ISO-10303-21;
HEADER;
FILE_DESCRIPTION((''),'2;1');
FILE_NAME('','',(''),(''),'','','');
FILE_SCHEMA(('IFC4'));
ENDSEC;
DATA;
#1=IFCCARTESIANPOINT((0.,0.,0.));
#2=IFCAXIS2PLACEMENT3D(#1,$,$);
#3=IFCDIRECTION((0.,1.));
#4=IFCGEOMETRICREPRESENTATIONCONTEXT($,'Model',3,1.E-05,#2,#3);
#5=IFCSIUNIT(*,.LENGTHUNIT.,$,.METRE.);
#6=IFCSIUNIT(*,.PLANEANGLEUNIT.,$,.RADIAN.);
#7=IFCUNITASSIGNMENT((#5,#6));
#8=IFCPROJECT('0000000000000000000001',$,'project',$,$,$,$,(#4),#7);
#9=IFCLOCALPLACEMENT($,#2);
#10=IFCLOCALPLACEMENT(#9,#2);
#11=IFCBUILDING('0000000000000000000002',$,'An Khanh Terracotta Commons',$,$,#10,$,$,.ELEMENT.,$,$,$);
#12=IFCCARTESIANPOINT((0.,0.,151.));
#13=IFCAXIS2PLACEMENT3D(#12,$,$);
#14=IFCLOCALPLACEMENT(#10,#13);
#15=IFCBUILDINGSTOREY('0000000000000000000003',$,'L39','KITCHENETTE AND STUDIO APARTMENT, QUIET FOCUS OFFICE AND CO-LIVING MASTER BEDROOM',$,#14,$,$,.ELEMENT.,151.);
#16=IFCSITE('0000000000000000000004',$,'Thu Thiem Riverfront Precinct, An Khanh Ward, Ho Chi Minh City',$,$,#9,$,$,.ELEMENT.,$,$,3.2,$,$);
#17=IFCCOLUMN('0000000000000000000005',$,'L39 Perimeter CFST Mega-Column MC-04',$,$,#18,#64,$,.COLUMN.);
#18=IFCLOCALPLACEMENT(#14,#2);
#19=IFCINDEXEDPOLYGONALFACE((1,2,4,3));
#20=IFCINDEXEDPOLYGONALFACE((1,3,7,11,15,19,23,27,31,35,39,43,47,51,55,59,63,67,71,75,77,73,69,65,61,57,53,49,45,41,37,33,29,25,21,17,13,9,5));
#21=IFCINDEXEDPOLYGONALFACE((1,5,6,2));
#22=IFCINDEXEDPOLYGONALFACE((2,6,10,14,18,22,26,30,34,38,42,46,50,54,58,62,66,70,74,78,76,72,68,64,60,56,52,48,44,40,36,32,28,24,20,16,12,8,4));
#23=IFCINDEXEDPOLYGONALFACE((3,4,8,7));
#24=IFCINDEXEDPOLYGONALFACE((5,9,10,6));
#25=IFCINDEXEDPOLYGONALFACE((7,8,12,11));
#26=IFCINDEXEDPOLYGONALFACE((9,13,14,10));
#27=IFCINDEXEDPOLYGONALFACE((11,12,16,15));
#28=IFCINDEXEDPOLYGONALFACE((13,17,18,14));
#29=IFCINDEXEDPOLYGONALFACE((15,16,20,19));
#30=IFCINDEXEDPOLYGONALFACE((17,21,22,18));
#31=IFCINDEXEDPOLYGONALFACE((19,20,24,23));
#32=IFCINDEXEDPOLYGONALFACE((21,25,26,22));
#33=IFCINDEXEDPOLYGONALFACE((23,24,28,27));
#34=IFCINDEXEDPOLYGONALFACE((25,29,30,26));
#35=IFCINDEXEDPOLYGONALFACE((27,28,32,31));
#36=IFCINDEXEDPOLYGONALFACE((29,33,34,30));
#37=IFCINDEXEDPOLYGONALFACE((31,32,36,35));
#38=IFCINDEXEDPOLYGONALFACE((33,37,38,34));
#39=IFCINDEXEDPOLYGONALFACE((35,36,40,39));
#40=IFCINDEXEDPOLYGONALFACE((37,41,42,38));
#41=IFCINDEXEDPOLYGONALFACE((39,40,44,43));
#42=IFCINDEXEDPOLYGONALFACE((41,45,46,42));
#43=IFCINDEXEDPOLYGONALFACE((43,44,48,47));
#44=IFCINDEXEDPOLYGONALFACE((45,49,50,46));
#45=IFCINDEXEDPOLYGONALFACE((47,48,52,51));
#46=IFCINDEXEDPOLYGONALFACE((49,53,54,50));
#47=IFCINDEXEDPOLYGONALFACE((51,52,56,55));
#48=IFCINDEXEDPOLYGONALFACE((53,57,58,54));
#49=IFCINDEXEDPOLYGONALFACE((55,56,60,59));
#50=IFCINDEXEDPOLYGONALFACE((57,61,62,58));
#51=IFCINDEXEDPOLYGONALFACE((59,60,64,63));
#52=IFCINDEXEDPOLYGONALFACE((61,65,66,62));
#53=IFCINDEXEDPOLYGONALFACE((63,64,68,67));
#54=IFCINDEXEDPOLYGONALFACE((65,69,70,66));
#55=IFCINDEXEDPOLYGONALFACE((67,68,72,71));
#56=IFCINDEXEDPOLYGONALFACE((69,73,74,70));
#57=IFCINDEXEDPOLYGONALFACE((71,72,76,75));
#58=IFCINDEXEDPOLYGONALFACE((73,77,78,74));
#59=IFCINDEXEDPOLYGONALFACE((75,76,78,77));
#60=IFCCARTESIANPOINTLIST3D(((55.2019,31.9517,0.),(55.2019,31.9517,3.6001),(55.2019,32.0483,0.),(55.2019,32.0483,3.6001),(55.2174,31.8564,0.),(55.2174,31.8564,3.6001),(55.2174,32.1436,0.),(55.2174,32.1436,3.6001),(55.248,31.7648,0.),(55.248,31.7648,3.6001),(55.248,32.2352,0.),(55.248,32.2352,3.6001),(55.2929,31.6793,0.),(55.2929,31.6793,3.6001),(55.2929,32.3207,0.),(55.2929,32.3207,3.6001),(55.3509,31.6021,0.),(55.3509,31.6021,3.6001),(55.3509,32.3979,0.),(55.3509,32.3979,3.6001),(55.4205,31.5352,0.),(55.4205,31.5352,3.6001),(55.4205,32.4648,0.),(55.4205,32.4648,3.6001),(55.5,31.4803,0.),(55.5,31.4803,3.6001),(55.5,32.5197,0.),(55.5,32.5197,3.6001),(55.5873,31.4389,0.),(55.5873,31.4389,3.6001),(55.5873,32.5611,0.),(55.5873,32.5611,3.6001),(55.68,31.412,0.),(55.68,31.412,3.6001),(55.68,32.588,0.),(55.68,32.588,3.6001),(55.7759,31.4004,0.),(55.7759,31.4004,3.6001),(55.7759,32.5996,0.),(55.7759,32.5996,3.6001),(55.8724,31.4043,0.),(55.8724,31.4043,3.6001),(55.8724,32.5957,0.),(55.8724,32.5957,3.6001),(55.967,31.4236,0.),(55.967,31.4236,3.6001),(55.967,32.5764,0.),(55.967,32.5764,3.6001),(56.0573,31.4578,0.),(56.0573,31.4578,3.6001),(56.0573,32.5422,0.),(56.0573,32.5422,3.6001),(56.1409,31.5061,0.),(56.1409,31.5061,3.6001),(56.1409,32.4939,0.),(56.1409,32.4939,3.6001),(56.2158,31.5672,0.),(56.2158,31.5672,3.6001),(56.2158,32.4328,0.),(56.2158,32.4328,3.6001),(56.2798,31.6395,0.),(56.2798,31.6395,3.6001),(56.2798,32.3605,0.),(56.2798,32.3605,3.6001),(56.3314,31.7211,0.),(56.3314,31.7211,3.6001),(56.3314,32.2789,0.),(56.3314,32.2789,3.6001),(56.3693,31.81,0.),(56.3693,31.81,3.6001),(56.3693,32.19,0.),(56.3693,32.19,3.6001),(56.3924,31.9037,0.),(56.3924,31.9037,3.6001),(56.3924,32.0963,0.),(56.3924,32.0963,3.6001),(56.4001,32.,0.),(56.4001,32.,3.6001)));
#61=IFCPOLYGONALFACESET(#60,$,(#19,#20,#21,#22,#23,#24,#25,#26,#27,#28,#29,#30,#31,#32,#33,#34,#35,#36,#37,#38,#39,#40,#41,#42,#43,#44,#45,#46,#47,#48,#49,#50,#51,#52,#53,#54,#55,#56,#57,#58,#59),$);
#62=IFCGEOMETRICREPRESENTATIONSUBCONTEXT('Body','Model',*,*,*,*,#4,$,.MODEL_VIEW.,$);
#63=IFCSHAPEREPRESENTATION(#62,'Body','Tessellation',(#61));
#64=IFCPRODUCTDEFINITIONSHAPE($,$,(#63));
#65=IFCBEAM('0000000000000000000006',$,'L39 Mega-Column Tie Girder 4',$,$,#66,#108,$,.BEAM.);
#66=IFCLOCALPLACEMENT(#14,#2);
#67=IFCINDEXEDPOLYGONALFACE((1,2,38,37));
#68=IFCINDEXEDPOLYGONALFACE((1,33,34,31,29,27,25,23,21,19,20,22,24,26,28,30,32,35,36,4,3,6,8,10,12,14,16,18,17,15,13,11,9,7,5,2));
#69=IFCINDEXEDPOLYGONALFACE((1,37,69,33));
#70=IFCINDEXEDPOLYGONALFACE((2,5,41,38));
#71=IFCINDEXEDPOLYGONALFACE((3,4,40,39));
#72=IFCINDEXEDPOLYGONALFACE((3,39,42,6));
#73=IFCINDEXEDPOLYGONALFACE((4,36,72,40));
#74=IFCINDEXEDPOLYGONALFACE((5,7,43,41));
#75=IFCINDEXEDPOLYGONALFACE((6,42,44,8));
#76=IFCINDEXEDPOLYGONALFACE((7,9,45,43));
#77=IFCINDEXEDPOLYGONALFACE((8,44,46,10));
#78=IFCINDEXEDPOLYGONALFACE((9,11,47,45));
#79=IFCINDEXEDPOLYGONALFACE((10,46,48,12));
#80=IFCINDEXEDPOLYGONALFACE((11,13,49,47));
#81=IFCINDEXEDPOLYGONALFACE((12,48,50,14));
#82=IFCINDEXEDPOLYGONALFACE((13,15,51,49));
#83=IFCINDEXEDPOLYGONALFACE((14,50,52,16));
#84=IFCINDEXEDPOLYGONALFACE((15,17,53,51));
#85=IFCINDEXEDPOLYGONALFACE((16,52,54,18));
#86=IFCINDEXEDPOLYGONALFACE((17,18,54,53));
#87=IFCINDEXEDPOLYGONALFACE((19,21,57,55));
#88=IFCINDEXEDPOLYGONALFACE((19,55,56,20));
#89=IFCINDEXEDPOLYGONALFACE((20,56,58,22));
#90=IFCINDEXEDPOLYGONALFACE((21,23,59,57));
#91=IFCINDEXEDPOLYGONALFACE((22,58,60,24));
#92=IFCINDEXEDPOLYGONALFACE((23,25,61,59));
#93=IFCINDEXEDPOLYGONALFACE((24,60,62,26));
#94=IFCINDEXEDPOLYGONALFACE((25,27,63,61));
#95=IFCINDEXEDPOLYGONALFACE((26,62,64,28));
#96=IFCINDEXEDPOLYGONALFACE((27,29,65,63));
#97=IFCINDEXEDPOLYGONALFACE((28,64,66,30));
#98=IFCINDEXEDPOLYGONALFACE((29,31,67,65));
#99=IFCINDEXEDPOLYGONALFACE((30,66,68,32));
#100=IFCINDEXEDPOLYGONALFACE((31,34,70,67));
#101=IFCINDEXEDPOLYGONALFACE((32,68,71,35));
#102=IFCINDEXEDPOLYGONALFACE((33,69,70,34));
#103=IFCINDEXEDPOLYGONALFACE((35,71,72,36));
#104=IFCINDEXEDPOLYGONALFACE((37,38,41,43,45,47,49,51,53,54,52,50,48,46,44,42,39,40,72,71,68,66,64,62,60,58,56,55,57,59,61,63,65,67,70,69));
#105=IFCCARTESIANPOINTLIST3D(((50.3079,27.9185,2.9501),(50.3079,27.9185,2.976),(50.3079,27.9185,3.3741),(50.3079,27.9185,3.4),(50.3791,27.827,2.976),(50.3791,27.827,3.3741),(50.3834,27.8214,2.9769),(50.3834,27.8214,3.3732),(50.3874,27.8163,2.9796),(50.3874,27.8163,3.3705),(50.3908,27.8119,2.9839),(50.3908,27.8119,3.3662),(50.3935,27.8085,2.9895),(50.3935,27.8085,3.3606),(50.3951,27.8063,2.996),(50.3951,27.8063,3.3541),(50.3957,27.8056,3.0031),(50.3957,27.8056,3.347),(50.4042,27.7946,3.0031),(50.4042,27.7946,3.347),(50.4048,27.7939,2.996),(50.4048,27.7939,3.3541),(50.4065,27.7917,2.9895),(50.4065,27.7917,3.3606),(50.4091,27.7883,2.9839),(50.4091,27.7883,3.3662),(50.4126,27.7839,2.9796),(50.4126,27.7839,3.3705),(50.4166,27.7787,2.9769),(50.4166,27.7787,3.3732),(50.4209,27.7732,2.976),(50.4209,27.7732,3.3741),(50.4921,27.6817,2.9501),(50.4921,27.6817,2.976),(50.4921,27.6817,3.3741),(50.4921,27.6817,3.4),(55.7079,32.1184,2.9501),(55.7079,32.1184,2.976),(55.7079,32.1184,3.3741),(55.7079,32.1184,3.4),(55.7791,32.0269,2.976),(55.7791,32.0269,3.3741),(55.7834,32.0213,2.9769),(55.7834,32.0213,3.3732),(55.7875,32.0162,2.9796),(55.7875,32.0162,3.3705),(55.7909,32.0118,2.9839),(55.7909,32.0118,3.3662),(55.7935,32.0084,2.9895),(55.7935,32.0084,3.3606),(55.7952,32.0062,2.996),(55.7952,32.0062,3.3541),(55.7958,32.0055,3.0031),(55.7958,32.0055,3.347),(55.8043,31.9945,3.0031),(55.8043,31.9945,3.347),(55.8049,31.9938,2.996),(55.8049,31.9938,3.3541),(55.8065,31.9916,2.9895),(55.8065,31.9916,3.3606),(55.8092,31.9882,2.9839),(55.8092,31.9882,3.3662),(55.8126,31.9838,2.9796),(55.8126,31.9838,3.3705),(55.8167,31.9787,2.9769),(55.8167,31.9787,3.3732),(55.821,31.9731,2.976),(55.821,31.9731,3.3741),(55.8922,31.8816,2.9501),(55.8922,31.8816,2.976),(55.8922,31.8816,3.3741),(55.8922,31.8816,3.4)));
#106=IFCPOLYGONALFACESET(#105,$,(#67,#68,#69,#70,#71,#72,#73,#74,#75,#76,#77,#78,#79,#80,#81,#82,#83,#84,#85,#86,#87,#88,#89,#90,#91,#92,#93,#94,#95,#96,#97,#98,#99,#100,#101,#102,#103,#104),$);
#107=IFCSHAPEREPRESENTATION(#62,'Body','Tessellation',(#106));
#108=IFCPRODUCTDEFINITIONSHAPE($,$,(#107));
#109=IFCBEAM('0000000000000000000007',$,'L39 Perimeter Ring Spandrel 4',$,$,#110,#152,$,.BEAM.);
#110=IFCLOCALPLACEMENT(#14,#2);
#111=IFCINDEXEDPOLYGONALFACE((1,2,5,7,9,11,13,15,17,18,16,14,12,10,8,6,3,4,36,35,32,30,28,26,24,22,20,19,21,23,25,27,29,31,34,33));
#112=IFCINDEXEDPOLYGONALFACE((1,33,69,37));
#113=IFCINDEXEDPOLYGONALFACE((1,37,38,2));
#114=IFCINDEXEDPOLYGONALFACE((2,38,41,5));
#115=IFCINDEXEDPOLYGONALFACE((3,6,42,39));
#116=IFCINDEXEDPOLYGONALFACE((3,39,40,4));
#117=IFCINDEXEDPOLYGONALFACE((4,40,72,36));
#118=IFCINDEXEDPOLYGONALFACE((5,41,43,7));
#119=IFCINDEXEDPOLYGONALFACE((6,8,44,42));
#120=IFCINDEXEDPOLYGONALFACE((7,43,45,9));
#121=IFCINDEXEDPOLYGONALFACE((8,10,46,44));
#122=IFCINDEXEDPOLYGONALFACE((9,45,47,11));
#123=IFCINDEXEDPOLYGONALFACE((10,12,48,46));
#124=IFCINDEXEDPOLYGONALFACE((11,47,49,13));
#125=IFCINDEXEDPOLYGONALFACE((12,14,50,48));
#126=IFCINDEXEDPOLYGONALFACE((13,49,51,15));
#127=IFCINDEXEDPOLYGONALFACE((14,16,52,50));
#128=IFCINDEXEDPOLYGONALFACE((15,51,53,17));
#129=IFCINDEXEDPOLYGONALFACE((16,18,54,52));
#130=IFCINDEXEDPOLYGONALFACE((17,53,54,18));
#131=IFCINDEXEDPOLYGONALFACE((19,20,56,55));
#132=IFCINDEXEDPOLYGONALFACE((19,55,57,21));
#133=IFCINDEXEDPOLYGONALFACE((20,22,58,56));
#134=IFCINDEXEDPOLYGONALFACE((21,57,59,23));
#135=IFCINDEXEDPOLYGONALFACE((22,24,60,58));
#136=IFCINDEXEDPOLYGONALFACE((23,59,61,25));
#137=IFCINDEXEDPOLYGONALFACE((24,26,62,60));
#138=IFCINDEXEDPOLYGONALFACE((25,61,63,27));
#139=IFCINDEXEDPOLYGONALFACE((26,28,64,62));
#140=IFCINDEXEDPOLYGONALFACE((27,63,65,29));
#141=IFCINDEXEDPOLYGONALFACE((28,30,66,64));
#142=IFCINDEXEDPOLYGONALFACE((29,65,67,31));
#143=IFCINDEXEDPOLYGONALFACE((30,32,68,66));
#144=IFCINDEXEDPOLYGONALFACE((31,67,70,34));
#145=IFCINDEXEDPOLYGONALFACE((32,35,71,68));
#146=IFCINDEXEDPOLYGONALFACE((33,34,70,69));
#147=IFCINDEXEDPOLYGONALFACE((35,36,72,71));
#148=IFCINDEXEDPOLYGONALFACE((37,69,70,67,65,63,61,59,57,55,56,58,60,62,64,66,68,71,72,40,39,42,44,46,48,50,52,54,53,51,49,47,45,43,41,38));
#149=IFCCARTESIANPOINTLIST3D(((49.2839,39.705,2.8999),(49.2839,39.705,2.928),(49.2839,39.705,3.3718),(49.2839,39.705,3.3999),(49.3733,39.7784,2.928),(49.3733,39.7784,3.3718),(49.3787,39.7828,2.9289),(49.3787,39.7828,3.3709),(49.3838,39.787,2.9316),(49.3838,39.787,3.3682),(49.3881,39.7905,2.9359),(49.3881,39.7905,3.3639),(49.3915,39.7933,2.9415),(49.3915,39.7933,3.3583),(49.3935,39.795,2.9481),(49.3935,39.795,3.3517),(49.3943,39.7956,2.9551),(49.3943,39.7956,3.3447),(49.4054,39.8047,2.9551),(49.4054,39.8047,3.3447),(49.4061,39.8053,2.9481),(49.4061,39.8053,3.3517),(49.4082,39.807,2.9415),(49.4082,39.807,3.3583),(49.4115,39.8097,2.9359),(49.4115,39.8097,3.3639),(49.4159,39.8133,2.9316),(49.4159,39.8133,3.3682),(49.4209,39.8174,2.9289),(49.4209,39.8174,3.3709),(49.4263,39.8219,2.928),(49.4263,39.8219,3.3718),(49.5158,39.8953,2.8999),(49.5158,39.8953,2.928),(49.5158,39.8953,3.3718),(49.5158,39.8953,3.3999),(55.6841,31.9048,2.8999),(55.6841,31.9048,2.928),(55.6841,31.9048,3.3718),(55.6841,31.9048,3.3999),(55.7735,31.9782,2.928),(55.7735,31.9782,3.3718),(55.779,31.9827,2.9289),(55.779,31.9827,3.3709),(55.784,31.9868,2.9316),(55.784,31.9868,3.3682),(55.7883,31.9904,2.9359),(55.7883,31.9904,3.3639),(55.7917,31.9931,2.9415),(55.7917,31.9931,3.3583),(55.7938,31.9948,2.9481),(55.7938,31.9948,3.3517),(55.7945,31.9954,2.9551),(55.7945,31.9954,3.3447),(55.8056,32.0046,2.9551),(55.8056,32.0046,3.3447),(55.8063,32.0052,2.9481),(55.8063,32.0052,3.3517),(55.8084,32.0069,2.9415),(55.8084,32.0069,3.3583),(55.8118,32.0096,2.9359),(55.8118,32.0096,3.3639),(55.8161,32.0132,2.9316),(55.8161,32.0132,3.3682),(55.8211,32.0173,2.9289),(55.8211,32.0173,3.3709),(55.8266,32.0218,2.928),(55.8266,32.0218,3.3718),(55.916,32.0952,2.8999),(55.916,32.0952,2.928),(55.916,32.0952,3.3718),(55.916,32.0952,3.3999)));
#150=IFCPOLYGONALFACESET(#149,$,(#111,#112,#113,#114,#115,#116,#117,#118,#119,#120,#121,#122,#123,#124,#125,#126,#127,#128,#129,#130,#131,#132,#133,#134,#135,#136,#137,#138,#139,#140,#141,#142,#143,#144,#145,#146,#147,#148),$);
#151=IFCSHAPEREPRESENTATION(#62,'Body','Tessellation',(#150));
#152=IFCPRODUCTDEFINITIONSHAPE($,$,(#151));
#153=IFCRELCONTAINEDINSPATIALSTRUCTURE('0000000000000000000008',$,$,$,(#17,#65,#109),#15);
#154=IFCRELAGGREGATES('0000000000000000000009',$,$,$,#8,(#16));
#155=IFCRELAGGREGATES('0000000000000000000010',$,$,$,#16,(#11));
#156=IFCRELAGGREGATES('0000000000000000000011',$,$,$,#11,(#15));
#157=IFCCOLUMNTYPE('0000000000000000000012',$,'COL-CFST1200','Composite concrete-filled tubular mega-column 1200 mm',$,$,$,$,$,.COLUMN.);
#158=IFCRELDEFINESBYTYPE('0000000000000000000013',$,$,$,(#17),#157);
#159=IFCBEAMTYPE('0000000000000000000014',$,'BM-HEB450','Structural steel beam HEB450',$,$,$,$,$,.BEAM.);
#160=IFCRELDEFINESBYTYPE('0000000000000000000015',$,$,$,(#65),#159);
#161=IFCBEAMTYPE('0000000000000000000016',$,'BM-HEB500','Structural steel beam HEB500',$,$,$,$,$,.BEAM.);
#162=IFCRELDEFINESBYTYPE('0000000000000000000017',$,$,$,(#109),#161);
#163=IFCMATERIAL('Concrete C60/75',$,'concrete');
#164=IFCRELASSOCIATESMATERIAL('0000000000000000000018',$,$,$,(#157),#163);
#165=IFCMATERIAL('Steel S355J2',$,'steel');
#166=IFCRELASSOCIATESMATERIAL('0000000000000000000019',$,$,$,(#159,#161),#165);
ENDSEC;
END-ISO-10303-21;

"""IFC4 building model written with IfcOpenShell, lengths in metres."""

from ifc_helpers import new_model, si_unit, direction, frame, origin, origin_2d, place, context, subcontext, project, spatial, circle, i_section, extrude, material, material_profile, profile_set, type_object, element, save


model = new_model("IFC4")

# Units and contexts
model_context = context("Model", 3, precision=1e-05, world=origin(), true_north=direction((0.0, 1.0)))
body_context = subcontext(model_context, "Body", "Model", "MODEL_VIEW")
ifc_project = project(units=[si_unit("LENGTHUNIT", "METRE"), si_unit("PLANEANGLEUNIT", "RADIAN")], contexts=[model_context])

# Site, building, storey
site_placement = place(None, origin())
site = spatial("IfcSite", under=ifc_project, at=site_placement, Name="Thu Thiem Riverfront Precinct, An Khanh Ward, Ho Chi Minh City", CompositionType="ELEMENT", RefElevation=3.2)
building_placement = place(site_placement, origin())
building = spatial("IfcBuilding", under=site, at=building_placement, Name="An Khanh Terracotta Commons", CompositionType="ELEMENT")
storey_placement = place(building_placement, frame((0.0, 0.0, 151.0)))
storey = spatial("IfcBuildingStorey", under=building, at=storey_placement, Name="L39", Description="KITCHENETTE AND STUDIO APARTMENT, QUIET FOCUS OFFICE AND CO-LIVING MASTER BEDROOM", CompositionType="ELEMENT", Elevation=151.0)

# Column
ifc_material_1 = material(Name="Concrete C60/75", Category="concrete")
ifc_material_profile_1 = material_profile(ifc_material_1, circle(Radius=0.6001, at=origin_2d()), Name="CFST1200")
ifc_profile_set_1 = profile_set([ifc_material_profile_1], Name="Concrete C60/75")
column_type = type_object("IfcColumnType", Name="COL-CFST1200", Description="Composite concrete-filled tubular mega-column 1200 mm", PredefinedType="COLUMN", material=ifc_profile_set_1)
column_placement = place(storey_placement, frame((55.8, 32.0, 0.0), z_axis=(0.0, 0.0, 1.0), x_axis=(1.0, 0.0, 0.0)))
element("IfcColumn", 1, at=column_placement, inside=storey, type_object=column_type, Name="L39 Perimeter CFST Mega-Column MC-04", PredefinedType="COLUMN", context=body_context, shape_type="SweptSolid", body=[
    extrude(circle(Radius=0.6001, at=origin_2d()), origin(), (0.0, 0.0, 1.0), 3.6001),
])

# Beams
ifc_material_2 = material(Name="Steel S355J2", Category="steel")
ifc_material_profile_2 = material_profile(ifc_material_2, i_section(OverallWidth=0.3, OverallDepth=0.45, WebThickness=0.0139, FlangeThickness=0.0259, FilletRadius=0.0271, at=origin_2d()), Name="HEB450")
ifc_profile_set_2 = profile_set([ifc_material_profile_2], Name="Steel S355J2")
beam_type_1 = type_object("IfcBeamType", Name="BM-HEB450", Description="Structural steel beam HEB450", PredefinedType="BEAM", material=ifc_profile_set_2)
beam_1_placement = place(storey_placement, frame((55.8, 32.0, 3.175), z_axis=(-0.789364, -0.613926, 0.0), x_axis=(0.613926, -0.789364, 0.0)))
element("IfcBeam", 2, at=beam_1_placement, inside=storey, type_object=beam_type_1, Name="L39 Mega-Column Tie Girder 4", PredefinedType="BEAM", context=body_context, shape_type="SweptSolid", body=[
    extrude(i_section(OverallWidth=0.3, OverallDepth=0.45, WebThickness=0.0139, FlangeThickness=0.0259, FilletRadius=0.0271, at=origin_2d()), origin(), (0.0, 0.0, 1.0), 6.8411),
])
ifc_material_profile_3 = material_profile(ifc_material_2, i_section(OverallWidth=0.3, OverallDepth=0.5, WebThickness=0.0144, FlangeThickness=0.0281, FilletRadius=0.0271, at=origin_2d()), Name="HEB500")
ifc_profile_set_3 = profile_set([ifc_material_profile_3], Name="Steel S355J2")
beam_type_2 = type_object("IfcBeamType", Name="BM-HEB500", Description="Structural steel beam HEB500", PredefinedType="BEAM", material=ifc_profile_set_3)
beam_2_placement = place(storey_placement, frame((55.8, 32.0, 3.1499), z_axis=(-0.634323, 0.773068, 0.0), x_axis=(-0.773068, -0.634323, 0.0)))
element("IfcBeam", 3, at=beam_2_placement, inside=storey, type_object=beam_type_2, Name="L39 Perimeter Ring Spandrel 4", PredefinedType="BEAM", context=body_context, shape_type="SweptSolid", body=[
    extrude(i_section(OverallWidth=0.3, OverallDepth=0.5, WebThickness=0.0144, FlangeThickness=0.0281, FilletRadius=0.0271, at=origin_2d()), origin(), (0.0, 0.0, 1.0), 10.0898),
])

save(model, "model.ifc")
